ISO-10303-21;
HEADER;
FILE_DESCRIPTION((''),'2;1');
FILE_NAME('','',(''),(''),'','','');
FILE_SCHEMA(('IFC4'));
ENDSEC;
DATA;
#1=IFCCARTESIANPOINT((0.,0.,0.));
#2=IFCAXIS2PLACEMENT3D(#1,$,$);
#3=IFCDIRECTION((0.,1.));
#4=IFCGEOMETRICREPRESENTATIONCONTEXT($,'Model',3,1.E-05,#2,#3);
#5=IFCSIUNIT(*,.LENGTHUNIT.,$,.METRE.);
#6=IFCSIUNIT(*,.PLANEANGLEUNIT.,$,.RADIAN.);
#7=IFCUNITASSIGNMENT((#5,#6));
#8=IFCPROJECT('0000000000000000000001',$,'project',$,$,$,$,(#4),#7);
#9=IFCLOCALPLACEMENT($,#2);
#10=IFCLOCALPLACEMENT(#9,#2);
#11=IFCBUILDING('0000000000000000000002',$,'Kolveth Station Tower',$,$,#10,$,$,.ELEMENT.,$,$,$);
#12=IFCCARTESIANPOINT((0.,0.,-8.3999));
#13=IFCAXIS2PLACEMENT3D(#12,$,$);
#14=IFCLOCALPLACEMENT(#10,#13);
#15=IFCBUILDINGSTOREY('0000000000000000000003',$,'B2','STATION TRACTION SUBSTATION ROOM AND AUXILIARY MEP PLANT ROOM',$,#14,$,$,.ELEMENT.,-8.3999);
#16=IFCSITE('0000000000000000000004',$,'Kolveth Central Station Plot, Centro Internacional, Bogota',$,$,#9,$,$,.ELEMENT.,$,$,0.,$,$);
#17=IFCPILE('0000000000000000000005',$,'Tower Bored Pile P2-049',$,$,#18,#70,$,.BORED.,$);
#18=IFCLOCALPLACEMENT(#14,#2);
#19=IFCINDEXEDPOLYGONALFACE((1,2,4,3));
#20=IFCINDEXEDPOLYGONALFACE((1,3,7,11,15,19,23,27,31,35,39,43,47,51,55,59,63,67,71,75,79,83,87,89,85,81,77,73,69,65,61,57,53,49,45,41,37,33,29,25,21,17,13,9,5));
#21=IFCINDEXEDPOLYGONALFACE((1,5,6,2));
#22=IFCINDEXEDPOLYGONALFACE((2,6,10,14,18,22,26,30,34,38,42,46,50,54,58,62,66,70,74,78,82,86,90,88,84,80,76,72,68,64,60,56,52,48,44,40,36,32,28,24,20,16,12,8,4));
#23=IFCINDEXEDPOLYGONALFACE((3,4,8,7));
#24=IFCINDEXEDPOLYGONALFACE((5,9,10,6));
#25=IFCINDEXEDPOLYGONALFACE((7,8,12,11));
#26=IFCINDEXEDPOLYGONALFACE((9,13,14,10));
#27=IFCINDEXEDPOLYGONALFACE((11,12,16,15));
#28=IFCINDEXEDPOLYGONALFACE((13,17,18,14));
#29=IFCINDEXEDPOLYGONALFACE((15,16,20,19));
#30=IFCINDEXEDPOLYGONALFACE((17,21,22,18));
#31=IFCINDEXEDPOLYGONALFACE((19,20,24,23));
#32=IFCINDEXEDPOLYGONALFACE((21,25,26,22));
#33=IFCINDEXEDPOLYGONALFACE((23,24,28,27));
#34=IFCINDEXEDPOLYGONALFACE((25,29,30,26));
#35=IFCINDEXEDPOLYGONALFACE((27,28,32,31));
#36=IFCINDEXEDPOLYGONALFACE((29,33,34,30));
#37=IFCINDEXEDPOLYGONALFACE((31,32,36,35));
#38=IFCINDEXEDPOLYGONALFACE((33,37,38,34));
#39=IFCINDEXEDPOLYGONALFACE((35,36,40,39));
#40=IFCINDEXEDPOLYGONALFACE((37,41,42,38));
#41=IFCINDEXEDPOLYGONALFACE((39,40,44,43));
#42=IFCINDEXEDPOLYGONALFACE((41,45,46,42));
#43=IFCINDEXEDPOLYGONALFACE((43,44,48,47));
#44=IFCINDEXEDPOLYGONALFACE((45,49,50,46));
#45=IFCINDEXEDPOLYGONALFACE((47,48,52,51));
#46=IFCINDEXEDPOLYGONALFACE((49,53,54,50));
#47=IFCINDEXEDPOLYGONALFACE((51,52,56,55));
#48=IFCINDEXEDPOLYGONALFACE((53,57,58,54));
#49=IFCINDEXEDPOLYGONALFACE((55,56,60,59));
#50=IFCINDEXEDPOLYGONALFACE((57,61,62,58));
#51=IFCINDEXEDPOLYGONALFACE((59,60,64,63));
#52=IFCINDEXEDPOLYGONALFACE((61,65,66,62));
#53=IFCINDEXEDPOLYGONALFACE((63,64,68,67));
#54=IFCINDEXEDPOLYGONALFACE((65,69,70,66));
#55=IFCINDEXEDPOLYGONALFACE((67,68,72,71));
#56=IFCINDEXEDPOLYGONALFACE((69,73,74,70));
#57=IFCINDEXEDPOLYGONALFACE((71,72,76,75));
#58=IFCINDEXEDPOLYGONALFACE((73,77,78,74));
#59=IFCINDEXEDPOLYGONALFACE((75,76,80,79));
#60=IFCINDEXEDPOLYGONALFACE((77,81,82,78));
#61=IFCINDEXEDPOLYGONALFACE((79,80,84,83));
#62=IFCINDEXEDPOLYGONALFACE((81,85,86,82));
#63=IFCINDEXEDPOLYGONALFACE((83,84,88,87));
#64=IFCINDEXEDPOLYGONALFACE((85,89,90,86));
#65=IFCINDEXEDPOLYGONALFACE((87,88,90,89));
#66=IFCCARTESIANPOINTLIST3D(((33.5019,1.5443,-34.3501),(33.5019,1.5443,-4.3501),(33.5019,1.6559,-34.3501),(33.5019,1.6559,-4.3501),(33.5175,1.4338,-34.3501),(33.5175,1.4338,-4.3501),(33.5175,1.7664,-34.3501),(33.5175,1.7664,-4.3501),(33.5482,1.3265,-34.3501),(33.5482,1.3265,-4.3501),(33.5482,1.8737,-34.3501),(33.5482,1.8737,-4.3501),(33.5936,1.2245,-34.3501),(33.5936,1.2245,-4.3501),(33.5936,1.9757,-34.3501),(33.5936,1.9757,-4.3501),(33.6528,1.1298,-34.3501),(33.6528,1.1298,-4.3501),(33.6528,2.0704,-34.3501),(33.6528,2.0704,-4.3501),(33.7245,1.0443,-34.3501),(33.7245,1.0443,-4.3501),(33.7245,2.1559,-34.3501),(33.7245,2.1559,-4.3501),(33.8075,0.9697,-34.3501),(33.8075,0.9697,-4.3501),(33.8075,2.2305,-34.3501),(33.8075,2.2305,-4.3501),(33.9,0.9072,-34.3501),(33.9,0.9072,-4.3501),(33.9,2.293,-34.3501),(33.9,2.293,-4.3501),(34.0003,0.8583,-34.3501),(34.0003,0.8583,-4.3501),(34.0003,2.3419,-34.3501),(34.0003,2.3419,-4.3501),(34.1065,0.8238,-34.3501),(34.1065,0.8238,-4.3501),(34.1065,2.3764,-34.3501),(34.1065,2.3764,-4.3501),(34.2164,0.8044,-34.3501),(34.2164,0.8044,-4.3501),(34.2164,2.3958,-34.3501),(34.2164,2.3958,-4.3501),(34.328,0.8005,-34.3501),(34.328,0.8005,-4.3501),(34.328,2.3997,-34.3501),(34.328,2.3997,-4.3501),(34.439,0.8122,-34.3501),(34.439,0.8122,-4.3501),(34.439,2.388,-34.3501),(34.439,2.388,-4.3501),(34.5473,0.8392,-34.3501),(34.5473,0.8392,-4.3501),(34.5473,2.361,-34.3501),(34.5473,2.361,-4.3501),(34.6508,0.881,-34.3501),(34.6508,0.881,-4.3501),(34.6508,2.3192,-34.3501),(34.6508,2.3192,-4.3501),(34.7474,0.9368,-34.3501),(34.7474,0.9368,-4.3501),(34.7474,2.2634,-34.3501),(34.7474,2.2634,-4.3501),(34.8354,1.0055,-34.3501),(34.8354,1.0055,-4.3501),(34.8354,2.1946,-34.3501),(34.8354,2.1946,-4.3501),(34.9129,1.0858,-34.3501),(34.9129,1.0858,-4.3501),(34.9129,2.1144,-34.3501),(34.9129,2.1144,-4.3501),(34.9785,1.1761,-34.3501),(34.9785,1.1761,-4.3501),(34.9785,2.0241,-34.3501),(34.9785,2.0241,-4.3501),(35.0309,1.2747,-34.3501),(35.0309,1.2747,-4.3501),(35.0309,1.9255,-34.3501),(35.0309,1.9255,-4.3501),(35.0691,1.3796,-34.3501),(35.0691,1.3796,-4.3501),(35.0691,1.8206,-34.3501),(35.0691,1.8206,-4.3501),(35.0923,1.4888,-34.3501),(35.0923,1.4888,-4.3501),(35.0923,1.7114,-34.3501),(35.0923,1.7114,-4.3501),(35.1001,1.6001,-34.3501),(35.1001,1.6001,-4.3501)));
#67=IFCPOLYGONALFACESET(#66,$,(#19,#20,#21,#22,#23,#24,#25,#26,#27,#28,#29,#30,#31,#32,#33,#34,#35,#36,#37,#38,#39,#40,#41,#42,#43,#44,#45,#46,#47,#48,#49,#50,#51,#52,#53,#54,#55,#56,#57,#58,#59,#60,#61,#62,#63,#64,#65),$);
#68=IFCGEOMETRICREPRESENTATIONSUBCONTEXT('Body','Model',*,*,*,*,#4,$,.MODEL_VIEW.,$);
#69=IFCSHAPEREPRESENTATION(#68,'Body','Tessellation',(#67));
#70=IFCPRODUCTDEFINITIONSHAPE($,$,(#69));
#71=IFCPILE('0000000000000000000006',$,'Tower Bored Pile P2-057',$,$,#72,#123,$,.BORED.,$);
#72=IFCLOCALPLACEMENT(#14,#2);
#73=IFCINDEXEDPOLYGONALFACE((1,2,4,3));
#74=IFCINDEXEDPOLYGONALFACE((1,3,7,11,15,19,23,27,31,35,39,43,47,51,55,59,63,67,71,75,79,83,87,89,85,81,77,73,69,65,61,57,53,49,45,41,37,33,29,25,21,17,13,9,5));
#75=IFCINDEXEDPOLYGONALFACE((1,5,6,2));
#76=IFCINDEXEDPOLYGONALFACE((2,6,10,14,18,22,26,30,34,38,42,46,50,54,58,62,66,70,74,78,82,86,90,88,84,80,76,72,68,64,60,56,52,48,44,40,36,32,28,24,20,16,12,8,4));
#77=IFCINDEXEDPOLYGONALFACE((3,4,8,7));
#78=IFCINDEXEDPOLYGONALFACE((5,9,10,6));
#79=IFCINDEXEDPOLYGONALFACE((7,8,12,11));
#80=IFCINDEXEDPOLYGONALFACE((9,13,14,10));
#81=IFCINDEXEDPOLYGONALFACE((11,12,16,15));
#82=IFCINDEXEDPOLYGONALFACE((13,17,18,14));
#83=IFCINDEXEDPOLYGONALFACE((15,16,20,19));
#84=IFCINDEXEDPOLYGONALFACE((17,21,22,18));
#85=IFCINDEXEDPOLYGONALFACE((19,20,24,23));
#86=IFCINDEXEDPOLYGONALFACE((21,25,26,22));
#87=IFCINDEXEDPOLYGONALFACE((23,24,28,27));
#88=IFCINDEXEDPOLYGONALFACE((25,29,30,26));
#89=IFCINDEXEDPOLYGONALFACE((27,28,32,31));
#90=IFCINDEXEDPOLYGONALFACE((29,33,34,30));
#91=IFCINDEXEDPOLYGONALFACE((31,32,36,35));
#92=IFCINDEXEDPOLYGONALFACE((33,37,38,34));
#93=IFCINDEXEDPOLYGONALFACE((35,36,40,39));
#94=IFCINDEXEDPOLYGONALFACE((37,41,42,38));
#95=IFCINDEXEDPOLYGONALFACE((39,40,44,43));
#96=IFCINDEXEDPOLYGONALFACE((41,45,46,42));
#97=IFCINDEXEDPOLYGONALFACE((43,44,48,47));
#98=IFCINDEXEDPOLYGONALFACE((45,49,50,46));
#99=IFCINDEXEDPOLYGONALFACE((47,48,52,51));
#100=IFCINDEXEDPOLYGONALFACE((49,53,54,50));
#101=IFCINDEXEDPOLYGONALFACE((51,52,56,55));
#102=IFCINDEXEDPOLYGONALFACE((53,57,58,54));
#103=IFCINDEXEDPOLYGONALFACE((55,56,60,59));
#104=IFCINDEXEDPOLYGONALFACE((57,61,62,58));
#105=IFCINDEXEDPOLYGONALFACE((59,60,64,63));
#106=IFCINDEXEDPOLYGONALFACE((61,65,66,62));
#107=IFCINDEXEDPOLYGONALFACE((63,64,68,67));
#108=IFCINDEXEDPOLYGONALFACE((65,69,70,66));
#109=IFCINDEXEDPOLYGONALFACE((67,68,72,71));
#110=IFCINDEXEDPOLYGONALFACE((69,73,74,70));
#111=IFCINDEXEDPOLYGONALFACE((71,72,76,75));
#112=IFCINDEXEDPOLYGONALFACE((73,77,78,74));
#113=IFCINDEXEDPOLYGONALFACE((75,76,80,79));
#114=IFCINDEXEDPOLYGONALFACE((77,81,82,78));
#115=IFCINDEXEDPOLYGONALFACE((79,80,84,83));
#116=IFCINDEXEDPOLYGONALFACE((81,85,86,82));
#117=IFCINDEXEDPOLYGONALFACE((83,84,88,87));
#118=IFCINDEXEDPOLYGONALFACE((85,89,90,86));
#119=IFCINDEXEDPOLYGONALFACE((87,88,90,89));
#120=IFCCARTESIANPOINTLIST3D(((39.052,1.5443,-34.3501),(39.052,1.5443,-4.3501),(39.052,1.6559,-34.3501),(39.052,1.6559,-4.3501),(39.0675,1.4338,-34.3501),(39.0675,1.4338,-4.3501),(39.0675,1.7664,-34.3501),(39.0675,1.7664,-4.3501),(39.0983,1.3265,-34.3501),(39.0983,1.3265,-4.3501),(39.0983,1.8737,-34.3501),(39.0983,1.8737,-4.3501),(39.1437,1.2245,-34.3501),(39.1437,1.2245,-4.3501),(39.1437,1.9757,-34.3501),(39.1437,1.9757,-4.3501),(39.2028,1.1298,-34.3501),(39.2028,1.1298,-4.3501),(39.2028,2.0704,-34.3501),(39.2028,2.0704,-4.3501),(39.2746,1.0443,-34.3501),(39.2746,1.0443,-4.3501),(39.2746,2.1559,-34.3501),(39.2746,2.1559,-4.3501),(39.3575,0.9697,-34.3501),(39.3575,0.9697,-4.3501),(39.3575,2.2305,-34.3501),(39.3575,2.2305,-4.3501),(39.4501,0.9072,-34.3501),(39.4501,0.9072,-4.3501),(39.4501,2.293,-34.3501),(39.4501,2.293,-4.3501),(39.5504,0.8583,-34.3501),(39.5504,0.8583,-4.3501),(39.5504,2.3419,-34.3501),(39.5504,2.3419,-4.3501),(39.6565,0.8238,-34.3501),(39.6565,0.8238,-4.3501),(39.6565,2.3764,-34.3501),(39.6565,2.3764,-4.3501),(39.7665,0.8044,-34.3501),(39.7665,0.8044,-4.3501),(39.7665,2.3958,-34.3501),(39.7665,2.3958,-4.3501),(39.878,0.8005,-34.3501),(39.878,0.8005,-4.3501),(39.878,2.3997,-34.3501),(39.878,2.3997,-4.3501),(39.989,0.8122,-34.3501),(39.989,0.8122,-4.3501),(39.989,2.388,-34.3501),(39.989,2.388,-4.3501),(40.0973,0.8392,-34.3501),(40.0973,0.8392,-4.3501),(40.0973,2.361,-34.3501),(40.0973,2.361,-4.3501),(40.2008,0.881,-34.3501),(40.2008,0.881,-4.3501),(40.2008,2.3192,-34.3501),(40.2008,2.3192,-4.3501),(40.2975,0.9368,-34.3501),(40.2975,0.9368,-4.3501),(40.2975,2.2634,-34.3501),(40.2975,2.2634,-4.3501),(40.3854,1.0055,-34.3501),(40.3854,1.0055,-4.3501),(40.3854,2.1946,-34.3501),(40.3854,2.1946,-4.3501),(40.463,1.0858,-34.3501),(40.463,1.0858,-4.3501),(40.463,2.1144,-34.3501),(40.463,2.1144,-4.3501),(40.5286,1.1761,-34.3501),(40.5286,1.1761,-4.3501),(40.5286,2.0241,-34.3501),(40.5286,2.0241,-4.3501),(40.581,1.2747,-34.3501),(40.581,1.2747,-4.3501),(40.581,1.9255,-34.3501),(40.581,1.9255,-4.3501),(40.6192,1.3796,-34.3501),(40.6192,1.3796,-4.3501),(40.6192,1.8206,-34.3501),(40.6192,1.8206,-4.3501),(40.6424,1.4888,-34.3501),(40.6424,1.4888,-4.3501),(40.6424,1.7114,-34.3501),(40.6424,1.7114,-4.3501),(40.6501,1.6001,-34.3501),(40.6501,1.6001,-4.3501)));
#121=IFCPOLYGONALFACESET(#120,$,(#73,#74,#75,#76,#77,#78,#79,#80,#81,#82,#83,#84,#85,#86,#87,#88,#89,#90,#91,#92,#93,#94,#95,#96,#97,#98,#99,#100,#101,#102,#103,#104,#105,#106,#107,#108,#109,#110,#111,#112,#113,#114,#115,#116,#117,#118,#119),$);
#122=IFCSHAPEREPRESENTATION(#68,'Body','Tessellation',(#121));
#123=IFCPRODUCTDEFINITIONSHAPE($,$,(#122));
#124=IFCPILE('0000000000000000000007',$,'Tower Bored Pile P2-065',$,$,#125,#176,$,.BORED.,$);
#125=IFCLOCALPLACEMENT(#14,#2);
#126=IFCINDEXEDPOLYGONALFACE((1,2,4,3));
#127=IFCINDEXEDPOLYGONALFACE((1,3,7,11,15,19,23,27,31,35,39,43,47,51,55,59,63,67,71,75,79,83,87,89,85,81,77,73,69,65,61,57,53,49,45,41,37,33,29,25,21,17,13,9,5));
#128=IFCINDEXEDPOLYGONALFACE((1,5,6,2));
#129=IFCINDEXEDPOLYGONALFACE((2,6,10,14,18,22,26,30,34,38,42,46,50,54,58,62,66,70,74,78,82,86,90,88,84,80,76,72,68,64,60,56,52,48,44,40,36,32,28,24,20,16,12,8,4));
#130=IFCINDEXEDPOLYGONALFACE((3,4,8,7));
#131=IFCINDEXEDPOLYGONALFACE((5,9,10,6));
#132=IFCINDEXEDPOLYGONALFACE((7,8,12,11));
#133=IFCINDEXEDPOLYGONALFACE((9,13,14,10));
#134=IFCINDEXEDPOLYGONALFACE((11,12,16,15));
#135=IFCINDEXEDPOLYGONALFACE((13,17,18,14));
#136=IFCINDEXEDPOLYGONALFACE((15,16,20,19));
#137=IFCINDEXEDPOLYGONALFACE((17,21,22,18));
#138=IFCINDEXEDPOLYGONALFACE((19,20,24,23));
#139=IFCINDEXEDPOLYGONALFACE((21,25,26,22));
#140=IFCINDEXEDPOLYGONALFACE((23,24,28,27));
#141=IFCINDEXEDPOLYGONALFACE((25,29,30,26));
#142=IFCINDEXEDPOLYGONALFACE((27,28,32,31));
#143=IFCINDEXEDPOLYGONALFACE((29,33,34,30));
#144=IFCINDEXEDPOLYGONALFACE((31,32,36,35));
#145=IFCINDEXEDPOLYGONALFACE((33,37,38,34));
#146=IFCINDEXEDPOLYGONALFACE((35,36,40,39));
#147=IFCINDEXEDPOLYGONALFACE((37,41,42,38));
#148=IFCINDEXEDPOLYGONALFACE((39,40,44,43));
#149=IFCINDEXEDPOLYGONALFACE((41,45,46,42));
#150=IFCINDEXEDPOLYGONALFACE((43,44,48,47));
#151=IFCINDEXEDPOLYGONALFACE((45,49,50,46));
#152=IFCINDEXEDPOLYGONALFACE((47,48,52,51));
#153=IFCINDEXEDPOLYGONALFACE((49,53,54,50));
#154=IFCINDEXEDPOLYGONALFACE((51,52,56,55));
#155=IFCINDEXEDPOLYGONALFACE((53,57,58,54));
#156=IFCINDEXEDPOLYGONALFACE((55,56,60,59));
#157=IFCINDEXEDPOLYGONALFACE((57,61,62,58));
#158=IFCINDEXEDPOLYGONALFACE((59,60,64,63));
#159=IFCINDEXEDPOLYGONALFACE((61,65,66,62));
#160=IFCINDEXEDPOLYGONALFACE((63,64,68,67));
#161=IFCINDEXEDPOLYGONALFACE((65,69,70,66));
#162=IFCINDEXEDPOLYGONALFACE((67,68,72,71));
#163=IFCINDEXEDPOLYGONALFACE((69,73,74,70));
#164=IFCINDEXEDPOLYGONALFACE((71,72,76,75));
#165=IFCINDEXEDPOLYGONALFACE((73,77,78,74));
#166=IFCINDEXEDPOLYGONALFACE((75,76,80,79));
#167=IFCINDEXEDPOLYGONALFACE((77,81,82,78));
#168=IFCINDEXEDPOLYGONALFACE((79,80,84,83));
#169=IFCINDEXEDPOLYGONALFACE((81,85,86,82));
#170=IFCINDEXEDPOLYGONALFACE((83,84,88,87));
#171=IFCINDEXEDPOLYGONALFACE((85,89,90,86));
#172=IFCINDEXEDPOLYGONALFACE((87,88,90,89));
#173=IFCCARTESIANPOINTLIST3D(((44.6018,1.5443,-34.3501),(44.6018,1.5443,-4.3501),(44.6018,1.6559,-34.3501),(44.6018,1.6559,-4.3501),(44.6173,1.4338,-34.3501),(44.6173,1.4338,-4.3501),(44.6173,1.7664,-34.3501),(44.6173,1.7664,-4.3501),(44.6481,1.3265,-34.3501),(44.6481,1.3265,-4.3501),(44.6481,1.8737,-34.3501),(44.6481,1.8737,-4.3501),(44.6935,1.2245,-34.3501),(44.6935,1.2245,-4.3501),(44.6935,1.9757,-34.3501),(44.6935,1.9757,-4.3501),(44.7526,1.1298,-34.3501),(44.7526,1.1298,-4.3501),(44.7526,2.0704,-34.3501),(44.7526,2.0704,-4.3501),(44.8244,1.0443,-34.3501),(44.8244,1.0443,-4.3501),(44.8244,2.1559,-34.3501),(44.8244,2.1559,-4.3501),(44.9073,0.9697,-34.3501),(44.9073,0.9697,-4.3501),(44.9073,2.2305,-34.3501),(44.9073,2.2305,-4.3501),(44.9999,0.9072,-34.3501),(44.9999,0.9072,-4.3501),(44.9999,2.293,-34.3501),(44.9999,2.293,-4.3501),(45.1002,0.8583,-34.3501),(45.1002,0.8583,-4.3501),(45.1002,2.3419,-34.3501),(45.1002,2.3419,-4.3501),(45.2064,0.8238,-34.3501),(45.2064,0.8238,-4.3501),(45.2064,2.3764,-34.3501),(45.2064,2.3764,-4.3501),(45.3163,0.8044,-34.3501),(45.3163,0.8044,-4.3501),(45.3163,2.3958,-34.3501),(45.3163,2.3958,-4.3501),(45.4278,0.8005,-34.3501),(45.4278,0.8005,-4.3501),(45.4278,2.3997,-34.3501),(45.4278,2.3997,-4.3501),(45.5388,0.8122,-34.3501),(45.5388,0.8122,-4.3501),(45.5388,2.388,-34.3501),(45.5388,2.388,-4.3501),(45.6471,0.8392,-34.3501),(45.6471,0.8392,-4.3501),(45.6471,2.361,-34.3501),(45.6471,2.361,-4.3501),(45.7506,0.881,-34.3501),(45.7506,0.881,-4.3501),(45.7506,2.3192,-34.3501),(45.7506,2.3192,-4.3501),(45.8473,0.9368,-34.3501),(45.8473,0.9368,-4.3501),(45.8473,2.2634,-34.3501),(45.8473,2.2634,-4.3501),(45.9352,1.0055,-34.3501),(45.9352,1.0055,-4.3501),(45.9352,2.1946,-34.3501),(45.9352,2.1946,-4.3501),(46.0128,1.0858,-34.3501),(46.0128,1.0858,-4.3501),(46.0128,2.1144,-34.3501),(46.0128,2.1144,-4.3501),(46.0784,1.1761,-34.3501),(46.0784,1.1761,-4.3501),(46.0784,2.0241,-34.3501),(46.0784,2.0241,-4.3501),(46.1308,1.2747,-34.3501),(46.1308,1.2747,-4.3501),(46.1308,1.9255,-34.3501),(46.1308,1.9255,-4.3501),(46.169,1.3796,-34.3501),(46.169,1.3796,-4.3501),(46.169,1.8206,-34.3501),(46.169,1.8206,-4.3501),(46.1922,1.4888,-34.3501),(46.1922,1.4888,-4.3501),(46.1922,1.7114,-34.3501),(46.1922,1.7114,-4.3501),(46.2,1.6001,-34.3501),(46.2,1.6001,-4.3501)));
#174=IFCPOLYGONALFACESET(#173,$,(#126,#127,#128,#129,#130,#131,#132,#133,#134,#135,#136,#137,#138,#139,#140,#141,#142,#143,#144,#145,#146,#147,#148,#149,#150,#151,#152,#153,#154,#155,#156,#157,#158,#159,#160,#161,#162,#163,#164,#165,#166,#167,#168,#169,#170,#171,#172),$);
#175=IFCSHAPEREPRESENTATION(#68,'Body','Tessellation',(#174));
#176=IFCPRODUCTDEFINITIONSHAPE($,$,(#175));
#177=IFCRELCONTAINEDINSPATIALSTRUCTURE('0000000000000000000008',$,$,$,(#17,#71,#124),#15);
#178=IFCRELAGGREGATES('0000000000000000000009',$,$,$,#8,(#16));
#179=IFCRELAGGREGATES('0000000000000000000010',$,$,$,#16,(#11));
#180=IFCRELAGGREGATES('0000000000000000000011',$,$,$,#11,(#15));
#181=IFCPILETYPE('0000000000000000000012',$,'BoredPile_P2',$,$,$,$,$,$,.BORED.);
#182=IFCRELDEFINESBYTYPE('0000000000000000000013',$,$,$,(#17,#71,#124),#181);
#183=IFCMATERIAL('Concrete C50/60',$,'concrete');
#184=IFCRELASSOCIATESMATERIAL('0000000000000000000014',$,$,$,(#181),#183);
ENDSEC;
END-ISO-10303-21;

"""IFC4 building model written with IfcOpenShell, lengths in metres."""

from ifc_helpers import new_model, si_unit, direction, frame, origin, origin_2d, place, context, subcontext, project, spatial, circle, extrude, source, transform, mapped, material, material_profile, profile_set, type_object, element, save


model = new_model("IFC4")

# Units and contexts
model_context = context("Model", 3, precision=1e-05, world=origin(), true_north=direction((0.0, 1.0)))
body_context = subcontext(model_context, "Body", "Model", "MODEL_VIEW")
ifc_project = project(units=[si_unit("LENGTHUNIT", "METRE"), si_unit("PLANEANGLEUNIT", "RADIAN")], contexts=[model_context])

# Site, building, storey
site_placement = place(None, origin())
site = spatial("IfcSite", under=ifc_project, at=site_placement, Name="Kolveth Central Station Plot, Centro Internacional, Bogota", CompositionType="ELEMENT", RefElevation=0.0)
building_placement = place(site_placement, origin())
building = spatial("IfcBuilding", under=site, at=building_placement, Name="Kolveth Station Tower", CompositionType="ELEMENT")
storey_placement = place(building_placement, frame((0.0, 0.0, -8.3999)))
storey = spatial("IfcBuildingStorey", under=building, at=storey_placement, Name="B2", Description="STATION TRACTION SUBSTATION ROOM AND AUXILIARY MEP PLANT ROOM", CompositionType="ELEMENT", Elevation=-8.3999)

# Piles
ifc_material_1 = material(Name="Concrete C50/60", Category="concrete")
ifc_material_profile_1 = material_profile(ifc_material_1, circle(Radius=0.8, at=origin_2d()), Name="PILE-D1600")
ifc_profile_set_1 = profile_set([ifc_material_profile_1], Name="Concrete C50/60")
pile_type_1 = type_object("IfcPileType", Name="BoredPile_P2", PredefinedType="BORED", material=ifc_profile_set_1)
shared_shape_1 = source(origin(), body_context, "Body", "SweptSolid", [
    extrude(circle(Radius=0.8, at=origin_2d()), origin(), (0.0, 0.0, 1.0), 30.0),
])
for number, where, z_axis, x_axis, name in (
    (1, (34.3, 1.6001, -4.3501), (0.0, 0.0, -1.0), (1.0, 0.0, 0.0), "Tower Bored Pile P2-049"),
    (2, (39.8501, 1.6001, -4.3501), (0.0, 0.0, -1.0), (1.0, 0.0, 0.0), "Tower Bored Pile P2-057"),
    (3, (45.3999, 1.6001, -4.3501), (0.0, 0.0, -1.0), (1.0, 0.0, 0.0), "Tower Bored Pile P2-065"),
):
    element("IfcPile", number, at=place(storey_placement, frame(where, z_axis=z_axis, x_axis=x_axis)), inside=storey, type_object=pile_type_1, Name=name, PredefinedType="BORED", context=body_context, shape_type="MappedRepresentation", body=[
        mapped(shared_shape_1, transform((0.0, 0.0, 0.0), x_axis=(1.0, 0.0, 0.0), y_axis=(0.0, 1.0, 0.0), z_axis=(0.0, 0.0, 1.0), scale=1.0)),
    ])

save(model, "model.ifc")
